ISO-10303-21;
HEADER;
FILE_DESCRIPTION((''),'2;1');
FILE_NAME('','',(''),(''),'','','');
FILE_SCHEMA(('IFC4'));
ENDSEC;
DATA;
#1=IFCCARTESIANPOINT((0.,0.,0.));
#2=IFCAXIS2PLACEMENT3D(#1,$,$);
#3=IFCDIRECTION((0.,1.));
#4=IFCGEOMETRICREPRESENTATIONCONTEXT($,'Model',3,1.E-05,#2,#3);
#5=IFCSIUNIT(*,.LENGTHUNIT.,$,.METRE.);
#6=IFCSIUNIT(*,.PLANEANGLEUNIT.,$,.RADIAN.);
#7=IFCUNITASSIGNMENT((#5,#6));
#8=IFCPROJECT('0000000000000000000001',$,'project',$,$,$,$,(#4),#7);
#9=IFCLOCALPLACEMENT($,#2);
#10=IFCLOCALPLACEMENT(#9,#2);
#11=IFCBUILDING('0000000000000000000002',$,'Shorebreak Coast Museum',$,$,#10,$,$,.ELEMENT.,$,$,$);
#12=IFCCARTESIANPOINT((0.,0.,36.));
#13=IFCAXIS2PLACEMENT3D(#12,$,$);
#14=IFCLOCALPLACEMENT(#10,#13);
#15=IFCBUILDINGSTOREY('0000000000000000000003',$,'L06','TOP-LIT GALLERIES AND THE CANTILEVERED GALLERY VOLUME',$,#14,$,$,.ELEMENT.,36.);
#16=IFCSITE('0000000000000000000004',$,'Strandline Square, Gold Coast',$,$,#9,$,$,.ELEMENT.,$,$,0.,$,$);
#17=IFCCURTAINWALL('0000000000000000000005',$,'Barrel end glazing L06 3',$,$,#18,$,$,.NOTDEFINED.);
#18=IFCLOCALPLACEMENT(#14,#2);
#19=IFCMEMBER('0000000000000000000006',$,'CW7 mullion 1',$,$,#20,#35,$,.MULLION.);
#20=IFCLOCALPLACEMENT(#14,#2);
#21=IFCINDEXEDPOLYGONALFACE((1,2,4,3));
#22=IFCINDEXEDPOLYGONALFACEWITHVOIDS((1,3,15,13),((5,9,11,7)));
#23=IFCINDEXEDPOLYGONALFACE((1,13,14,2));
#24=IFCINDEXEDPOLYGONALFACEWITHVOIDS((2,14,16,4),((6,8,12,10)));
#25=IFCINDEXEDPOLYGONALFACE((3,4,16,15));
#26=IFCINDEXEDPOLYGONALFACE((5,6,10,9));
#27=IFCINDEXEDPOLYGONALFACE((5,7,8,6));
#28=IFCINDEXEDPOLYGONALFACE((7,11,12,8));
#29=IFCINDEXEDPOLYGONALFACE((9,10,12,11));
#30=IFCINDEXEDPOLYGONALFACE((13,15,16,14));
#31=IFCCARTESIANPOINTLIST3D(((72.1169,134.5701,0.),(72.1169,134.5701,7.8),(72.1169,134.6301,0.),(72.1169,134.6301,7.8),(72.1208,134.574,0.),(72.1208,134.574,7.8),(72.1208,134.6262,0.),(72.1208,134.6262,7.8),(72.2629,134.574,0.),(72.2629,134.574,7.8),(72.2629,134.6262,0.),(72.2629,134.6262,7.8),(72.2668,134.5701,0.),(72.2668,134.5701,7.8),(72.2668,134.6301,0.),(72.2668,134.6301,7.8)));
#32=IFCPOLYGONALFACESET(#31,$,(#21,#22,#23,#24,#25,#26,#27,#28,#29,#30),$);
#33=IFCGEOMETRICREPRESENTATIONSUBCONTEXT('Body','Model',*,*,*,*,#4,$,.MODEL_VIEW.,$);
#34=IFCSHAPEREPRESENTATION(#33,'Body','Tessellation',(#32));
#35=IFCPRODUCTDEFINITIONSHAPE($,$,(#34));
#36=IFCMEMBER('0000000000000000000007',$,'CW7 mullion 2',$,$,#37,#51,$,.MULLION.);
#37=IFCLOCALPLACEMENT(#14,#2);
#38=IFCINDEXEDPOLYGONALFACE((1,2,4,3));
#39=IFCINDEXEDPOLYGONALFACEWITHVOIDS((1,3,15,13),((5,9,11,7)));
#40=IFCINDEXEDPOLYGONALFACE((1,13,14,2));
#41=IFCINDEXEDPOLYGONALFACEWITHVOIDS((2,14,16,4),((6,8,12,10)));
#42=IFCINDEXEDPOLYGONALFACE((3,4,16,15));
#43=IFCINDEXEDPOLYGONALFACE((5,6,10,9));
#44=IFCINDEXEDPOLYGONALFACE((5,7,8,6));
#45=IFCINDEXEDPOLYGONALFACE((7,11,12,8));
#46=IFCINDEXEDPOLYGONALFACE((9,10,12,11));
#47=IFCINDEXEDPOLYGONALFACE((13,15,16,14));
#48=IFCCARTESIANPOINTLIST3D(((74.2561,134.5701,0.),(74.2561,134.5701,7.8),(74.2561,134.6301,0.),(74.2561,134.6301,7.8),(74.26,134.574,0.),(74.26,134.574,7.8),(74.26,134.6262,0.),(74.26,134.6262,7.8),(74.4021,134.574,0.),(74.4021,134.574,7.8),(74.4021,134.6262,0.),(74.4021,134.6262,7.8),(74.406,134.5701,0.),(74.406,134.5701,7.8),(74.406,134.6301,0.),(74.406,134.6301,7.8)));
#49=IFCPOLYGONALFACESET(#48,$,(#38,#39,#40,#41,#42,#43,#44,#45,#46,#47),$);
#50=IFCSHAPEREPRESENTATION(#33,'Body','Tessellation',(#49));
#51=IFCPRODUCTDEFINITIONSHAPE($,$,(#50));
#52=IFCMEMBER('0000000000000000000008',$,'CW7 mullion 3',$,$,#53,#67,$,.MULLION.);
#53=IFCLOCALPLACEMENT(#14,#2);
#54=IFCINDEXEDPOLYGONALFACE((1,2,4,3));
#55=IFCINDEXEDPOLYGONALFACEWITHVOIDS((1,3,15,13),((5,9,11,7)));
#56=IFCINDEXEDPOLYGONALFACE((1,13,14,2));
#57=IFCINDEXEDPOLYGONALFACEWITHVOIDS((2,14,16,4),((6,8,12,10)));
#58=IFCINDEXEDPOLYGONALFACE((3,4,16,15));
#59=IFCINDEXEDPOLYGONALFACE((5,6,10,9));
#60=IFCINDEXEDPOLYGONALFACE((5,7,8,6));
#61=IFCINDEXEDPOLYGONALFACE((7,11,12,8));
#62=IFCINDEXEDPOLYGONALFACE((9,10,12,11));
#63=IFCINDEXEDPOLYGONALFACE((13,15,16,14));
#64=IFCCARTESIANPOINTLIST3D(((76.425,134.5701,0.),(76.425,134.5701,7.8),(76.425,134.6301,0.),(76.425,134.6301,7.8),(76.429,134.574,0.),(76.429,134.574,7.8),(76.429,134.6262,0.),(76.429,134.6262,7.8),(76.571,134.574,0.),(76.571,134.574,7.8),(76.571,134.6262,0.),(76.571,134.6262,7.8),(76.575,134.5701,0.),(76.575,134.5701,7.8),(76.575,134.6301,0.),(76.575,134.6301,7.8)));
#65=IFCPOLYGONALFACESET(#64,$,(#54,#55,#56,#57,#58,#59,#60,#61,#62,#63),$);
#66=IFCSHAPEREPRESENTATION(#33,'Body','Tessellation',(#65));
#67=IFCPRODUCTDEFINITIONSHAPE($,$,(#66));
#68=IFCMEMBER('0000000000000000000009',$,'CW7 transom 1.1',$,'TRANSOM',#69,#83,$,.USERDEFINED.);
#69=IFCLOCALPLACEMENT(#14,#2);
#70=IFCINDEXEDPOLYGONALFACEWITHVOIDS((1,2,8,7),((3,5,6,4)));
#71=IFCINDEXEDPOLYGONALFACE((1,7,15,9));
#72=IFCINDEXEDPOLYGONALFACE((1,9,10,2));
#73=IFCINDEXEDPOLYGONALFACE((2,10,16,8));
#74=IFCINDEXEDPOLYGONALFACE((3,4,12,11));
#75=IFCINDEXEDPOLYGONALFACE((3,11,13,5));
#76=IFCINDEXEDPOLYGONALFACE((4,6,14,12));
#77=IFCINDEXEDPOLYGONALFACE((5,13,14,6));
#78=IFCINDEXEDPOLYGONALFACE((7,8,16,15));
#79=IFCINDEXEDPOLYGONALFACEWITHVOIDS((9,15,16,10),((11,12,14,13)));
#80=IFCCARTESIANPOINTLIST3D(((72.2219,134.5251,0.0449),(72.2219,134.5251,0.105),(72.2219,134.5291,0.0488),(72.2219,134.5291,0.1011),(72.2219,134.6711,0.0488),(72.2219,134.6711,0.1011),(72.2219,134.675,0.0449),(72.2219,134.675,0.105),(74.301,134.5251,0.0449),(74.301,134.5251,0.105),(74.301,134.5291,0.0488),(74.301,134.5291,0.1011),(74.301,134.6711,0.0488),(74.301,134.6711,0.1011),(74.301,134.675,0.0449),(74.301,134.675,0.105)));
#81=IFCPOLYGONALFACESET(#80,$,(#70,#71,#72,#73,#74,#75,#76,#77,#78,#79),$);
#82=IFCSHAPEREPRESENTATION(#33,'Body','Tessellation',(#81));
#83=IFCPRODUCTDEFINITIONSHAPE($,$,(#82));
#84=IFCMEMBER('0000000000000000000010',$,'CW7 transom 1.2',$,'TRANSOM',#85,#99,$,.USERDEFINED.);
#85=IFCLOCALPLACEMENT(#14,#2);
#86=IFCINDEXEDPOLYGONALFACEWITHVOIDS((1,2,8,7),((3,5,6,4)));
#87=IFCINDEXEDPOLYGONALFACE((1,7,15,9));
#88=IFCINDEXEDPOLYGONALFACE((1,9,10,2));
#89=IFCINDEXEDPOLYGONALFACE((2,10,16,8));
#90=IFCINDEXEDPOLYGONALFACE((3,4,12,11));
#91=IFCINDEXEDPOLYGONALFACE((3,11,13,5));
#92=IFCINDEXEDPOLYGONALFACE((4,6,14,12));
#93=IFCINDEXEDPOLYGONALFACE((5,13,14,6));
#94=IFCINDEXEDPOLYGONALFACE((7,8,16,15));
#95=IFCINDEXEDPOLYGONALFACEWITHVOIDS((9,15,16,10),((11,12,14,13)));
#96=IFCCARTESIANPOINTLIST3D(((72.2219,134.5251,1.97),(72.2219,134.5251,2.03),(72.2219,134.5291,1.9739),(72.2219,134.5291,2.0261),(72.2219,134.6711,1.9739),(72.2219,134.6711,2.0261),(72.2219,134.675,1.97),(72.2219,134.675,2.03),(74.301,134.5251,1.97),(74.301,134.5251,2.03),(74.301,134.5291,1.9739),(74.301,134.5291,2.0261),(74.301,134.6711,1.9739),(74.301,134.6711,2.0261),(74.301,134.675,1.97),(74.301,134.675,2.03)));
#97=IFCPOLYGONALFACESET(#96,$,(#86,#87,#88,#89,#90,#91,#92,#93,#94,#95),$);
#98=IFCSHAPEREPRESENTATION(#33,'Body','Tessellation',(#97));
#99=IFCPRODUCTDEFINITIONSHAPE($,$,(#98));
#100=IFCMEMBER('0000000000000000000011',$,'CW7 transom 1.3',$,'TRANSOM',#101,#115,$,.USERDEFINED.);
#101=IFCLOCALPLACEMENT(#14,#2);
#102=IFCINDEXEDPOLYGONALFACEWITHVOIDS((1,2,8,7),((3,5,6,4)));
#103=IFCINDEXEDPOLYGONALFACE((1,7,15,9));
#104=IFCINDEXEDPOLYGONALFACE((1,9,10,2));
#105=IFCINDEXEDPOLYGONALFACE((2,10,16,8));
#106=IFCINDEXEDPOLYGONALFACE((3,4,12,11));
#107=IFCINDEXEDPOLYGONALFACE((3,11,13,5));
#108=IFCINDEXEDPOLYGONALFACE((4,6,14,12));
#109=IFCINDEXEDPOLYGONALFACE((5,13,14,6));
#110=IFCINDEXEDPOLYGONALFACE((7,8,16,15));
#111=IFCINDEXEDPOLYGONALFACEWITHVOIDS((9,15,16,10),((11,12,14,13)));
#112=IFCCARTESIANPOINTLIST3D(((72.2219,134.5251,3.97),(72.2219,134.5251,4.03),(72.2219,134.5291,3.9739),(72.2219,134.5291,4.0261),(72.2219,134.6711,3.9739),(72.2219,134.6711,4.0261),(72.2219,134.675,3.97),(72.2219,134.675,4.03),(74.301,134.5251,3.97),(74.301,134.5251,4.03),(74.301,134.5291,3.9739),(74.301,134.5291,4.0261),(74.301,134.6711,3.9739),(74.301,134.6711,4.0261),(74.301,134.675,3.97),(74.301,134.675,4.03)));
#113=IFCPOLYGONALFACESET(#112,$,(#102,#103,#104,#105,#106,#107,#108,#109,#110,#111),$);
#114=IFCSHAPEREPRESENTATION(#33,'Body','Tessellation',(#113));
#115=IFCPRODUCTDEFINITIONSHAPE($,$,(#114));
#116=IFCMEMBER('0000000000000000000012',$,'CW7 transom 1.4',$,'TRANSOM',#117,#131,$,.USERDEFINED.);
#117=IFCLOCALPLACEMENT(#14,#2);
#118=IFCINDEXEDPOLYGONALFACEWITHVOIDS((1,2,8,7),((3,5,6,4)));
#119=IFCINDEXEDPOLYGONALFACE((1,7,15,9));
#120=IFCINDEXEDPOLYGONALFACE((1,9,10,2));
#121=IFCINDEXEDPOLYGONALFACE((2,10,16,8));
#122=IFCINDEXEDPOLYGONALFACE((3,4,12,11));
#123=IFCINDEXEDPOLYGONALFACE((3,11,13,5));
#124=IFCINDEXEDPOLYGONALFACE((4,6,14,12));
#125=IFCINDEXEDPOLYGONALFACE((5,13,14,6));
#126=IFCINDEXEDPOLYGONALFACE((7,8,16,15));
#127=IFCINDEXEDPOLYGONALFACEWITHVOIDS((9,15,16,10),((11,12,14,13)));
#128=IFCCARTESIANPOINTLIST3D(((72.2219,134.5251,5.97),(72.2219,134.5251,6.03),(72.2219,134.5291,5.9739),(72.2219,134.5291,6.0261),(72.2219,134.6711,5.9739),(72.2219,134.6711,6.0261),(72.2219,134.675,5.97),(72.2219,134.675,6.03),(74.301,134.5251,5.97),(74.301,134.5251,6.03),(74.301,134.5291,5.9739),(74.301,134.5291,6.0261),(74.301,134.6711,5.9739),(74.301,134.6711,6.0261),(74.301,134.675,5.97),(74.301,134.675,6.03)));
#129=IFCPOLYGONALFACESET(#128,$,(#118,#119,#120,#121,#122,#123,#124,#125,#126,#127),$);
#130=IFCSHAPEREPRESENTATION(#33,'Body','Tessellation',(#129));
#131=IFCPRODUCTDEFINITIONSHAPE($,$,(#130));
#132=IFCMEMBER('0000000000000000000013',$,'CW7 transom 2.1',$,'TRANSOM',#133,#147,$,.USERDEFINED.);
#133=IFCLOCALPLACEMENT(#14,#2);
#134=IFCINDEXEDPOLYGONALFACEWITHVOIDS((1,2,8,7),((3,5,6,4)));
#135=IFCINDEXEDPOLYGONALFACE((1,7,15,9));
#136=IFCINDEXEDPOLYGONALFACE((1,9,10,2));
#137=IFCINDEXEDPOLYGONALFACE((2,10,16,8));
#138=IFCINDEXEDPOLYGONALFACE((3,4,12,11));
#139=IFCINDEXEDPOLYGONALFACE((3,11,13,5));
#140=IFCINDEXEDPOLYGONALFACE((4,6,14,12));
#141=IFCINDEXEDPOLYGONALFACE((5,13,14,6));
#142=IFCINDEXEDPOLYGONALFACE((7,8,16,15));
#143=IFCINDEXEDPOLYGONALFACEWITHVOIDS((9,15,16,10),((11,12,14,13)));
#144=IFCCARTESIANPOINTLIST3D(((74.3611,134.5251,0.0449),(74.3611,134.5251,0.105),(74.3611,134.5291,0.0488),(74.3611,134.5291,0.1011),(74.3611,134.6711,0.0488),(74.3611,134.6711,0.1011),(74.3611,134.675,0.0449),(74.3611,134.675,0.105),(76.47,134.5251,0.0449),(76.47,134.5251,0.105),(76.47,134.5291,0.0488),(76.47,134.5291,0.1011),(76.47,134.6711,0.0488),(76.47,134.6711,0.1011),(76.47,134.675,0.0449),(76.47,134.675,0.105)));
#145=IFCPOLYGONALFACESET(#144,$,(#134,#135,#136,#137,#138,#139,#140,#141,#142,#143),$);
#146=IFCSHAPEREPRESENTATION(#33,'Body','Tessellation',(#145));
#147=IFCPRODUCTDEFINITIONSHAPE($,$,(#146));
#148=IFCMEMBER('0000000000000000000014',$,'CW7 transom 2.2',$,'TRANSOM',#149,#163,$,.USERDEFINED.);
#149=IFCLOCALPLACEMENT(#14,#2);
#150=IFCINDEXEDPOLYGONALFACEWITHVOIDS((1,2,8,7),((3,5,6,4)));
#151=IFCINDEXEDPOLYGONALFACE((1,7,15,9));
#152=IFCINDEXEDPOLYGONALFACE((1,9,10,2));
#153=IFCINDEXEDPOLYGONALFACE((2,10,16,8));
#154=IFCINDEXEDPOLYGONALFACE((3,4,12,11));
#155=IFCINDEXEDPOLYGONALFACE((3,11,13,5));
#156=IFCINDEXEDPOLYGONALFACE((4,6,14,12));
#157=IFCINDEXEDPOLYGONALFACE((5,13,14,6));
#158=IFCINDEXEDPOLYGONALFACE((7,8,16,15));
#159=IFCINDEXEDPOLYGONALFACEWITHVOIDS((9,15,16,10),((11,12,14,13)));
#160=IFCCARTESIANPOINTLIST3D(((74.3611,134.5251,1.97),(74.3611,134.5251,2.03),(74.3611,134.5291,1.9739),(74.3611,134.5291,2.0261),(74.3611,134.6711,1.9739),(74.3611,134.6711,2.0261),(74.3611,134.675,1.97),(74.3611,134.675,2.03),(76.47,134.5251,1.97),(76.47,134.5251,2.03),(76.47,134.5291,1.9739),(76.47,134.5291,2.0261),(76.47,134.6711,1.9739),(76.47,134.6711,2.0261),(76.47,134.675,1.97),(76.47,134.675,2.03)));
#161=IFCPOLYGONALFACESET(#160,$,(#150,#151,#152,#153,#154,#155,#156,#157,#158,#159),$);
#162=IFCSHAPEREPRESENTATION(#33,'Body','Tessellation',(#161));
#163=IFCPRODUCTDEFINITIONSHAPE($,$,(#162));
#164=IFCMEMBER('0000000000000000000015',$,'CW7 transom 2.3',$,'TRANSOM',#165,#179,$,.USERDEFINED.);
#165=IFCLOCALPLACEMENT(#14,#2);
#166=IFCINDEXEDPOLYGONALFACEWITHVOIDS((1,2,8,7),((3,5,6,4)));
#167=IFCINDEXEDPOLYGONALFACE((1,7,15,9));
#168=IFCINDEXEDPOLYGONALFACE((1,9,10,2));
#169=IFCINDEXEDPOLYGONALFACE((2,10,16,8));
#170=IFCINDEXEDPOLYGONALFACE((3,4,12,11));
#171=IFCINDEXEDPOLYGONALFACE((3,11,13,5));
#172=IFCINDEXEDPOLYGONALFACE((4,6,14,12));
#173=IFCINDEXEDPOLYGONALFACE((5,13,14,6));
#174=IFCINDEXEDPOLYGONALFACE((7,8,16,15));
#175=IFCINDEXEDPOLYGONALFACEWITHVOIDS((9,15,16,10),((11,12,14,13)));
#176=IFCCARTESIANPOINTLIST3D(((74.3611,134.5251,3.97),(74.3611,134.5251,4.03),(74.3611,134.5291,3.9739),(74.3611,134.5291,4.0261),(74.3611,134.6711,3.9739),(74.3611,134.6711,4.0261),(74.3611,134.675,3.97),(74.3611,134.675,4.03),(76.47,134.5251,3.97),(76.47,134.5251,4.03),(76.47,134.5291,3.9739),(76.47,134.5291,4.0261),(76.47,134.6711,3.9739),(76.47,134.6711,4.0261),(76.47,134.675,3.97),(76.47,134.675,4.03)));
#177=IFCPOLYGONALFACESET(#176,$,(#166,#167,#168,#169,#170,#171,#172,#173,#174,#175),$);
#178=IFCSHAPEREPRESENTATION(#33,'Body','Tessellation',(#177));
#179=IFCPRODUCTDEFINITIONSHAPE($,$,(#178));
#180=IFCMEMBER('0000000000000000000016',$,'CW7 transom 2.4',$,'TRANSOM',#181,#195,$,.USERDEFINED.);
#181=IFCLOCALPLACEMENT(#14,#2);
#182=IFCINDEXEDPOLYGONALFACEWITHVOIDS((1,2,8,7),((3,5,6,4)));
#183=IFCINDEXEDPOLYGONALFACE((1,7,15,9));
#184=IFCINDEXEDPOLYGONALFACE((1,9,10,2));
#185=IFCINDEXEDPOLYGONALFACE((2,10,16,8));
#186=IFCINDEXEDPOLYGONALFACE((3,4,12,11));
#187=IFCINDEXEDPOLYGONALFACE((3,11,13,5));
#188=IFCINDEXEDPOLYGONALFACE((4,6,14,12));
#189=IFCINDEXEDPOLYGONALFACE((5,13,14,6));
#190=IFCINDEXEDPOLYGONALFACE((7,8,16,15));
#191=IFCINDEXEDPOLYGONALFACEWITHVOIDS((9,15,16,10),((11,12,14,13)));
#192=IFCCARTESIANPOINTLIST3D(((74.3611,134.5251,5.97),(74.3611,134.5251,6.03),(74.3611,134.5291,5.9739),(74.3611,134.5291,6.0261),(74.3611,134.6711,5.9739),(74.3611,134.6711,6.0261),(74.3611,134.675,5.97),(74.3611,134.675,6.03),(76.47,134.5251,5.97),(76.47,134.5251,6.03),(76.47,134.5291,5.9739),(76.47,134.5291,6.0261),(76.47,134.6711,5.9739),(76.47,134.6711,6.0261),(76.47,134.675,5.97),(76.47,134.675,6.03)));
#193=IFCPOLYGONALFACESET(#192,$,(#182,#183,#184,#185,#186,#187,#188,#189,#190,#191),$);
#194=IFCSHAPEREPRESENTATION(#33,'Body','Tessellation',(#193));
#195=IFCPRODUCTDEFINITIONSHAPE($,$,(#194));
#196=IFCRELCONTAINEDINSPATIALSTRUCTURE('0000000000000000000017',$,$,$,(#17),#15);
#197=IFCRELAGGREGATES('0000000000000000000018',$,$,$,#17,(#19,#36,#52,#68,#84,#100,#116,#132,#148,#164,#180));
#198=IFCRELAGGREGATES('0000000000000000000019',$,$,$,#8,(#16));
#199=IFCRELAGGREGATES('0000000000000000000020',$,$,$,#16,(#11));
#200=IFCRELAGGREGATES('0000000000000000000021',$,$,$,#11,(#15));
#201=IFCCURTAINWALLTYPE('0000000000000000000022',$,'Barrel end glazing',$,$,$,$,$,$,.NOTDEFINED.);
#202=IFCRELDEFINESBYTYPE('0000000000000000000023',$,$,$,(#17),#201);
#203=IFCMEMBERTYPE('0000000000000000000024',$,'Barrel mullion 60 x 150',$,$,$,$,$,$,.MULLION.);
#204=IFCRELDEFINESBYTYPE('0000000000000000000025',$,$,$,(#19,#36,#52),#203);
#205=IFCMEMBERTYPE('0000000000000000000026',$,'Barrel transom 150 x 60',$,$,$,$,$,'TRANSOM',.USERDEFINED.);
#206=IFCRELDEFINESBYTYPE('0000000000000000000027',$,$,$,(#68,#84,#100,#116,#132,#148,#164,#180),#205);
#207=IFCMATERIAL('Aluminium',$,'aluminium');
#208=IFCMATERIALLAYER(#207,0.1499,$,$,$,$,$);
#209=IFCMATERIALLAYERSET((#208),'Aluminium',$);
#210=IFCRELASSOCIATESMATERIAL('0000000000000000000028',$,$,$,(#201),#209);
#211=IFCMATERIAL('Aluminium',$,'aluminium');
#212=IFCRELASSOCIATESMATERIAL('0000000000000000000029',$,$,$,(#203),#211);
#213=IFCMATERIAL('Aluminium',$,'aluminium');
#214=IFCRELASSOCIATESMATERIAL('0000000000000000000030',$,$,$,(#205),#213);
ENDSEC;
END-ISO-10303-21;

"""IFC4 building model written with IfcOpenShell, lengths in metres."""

from ifc_helpers import new_model, si_unit, direction, frame, origin, origin_2d, place, context, subcontext, project, spatial, hollow_rectangle, extrude, material, layer, layer_set, material_profile, profile_set, type_object, element, aggregate, save


model = new_model("IFC4")

# Units and contexts
model_context = context("Model", 3, precision=1e-05, world=origin(), true_north=direction((0.0, 1.0)))
body_context = subcontext(model_context, "Body", "Model", "MODEL_VIEW")
ifc_project = project(units=[si_unit("LENGTHUNIT", "METRE"), si_unit("PLANEANGLEUNIT", "RADIAN")], contexts=[model_context])

# Site, building, storey
site_placement = place(None, origin())
site = spatial("IfcSite", under=ifc_project, at=site_placement, Name="Strandline Square, Gold Coast", CompositionType="ELEMENT", RefElevation=0.0)
building_placement = place(site_placement, origin())
building = spatial("IfcBuilding", under=site, at=building_placement, Name="Shorebreak Coast Museum", CompositionType="ELEMENT")
storey_placement = place(building_placement, frame((0.0, 0.0, 36.0)))
storey = spatial("IfcBuildingStorey", under=building, at=storey_placement, Name="L06", Description="TOP-LIT GALLERIES AND THE CANTILEVERED GALLERY VOLUME", CompositionType="ELEMENT", Elevation=36.0)

# Curtain wall, members
ifc_material_1 = material(Name="Aluminium", Category="aluminium")
ifc_layer_1 = layer(ifc_material_1, 0.1499)
ifc_layer_set_1 = layer_set([ifc_layer_1], Name="Aluminium")
curtain_wall_type = type_object("IfcCurtainWallType", Name="Barrel end glazing", PredefinedType="NOTDEFINED", material=ifc_layer_set_1)
curtain_wall_placement = place(storey_placement, origin())
curtain_wall = element("IfcCurtainWall", 1, at=curtain_wall_placement, inside=storey, type_object=curtain_wall_type, Name="Barrel end glazing L06 3", PredefinedType="NOTDEFINED")
ifc_material_2 = material(Name="Aluminium", Category="aluminium")
ifc_material_profile_1 = material_profile(ifc_material_2, hollow_rectangle(XDim=0.0601, YDim=0.1499, WallThickness=0.0039, at=origin_2d()), Name="AL 150x60 RHS")
ifc_profile_set_1 = profile_set([ifc_material_profile_1], Name="Aluminium")
member_type_1 = type_object("IfcMemberType", Name="Barrel mullion 60 x 150", PredefinedType="MULLION", material=ifc_profile_set_1)
member_1_placement = place(storey_placement, frame((72.1919, 134.6001, 0.0), z_axis=(0.0, 0.0, 1.0), x_axis=(0.0, 1.0, 0.0)))
member_1 = element("IfcMember", 2, at=member_1_placement, type_object=member_type_1, Name="CW7 mullion 1", PredefinedType="MULLION", context=body_context, shape_type="SweptSolid", body=[
    extrude(hollow_rectangle(XDim=0.0601, YDim=0.1499, WallThickness=0.0039, at=origin_2d()), origin(), (0.0, 0.0, 1.0), 7.8),
])
member_2_placement = place(storey_placement, frame((74.3311, 134.6001, 0.0), z_axis=(0.0, 0.0, 1.0), x_axis=(0.0, 1.0, 0.0)))
member_2 = element("IfcMember", 3, at=member_2_placement, type_object=member_type_1, Name="CW7 mullion 2", PredefinedType="MULLION", context=body_context, shape_type="SweptSolid", body=[
    extrude(hollow_rectangle(XDim=0.0601, YDim=0.1499, WallThickness=0.0039, at=origin_2d()), origin(), (0.0, 0.0, 1.0), 7.8),
])
member_3_placement = place(storey_placement, frame((76.5, 134.6001, 0.0), z_axis=(0.0, 0.0, 1.0), x_axis=(0.0, 1.0, 0.0)))
member_3 = element("IfcMember", 4, at=member_3_placement, type_object=member_type_1, Name="CW7 mullion 3", PredefinedType="MULLION", context=body_context, shape_type="SweptSolid", body=[
    extrude(hollow_rectangle(XDim=0.0601, YDim=0.1499, WallThickness=0.0039, at=origin_2d()), origin(), (0.0, 0.0, 1.0), 7.8),
])
ifc_material_3 = material(Name="Aluminium", Category="aluminium")
ifc_material_profile_2 = material_profile(ifc_material_3, hollow_rectangle(XDim=0.1499, YDim=0.0601, WallThickness=0.0039, at=origin_2d()), Name="AL 60x150 RHS")
ifc_profile_set_2 = profile_set([ifc_material_profile_2], Name="Aluminium")
member_type_2 = type_object("IfcMemberType", Name="Barrel transom 150 x 60", ElementType="TRANSOM", PredefinedType="USERDEFINED", material=ifc_profile_set_2)
member_4_placement = place(storey_placement, frame((72.2219, 134.6001, 0.075), z_axis=(1.0, 0.0, 0.0), x_axis=(0.0, 1.0, 0.0)))
member_4 = element("IfcMember", 5, at=member_4_placement, type_object=member_type_2, Name="CW7 transom 1.1", ObjectType="TRANSOM", PredefinedType="USERDEFINED", context=body_context, shape_type="SweptSolid", body=[
    extrude(hollow_rectangle(XDim=0.1499, YDim=0.0601, WallThickness=0.0039, at=origin_2d()), origin(), (0.0, 0.0, 1.0), 2.0791),
])
member_5_placement = place(storey_placement, frame((72.2219, 134.6001, 2.0), z_axis=(1.0, 0.0, 0.0), x_axis=(0.0, 1.0, 0.0)))
member_5 = element("IfcMember", 6, at=member_5_placement, type_object=member_type_2, Name="CW7 transom 1.2", ObjectType="TRANSOM", PredefinedType="USERDEFINED", context=body_context, shape_type="SweptSolid", body=[
    extrude(hollow_rectangle(XDim=0.1499, YDim=0.0601, WallThickness=0.0039, at=origin_2d()), origin(), (0.0, 0.0, 1.0), 2.0791),
])
member_6_placement = place(storey_placement, frame((72.2219, 134.6001, 4.0), z_axis=(1.0, 0.0, 0.0), x_axis=(0.0, 1.0, 0.0)))
member_6 = element("IfcMember", 7, at=member_6_placement, type_object=member_type_2, Name="CW7 transom 1.3", ObjectType="TRANSOM", PredefinedType="USERDEFINED", context=body_context, shape_type="SweptSolid", body=[
    extrude(hollow_rectangle(XDim=0.1499, YDim=0.0601, WallThickness=0.0039, at=origin_2d()), origin(), (0.0, 0.0, 1.0), 2.0791),
])
member_7_placement = place(storey_placement, frame((72.2219, 134.6001, 6.0), z_axis=(1.0, 0.0, 0.0), x_axis=(0.0, 1.0, 0.0)))
member_7 = element("IfcMember", 8, at=member_7_placement, type_object=member_type_2, Name="CW7 transom 1.4", ObjectType="TRANSOM", PredefinedType="USERDEFINED", context=body_context, shape_type="SweptSolid", body=[
    extrude(hollow_rectangle(XDim=0.1499, YDim=0.0601, WallThickness=0.0039, at=origin_2d()), origin(), (0.0, 0.0, 1.0), 2.0791),
])
member_8_placement = place(storey_placement, frame((74.3611, 134.6001, 0.075), z_axis=(1.0, 0.0, 0.0), x_axis=(0.0, 1.0, 0.0)))
member_8 = element("IfcMember", 9, at=member_8_placement, type_object=member_type_2, Name="CW7 transom 2.1", ObjectType="TRANSOM", PredefinedType="USERDEFINED", context=body_context, shape_type="SweptSolid", body=[
    extrude(hollow_rectangle(XDim=0.1499, YDim=0.0601, WallThickness=0.0039, at=origin_2d()), origin(), (0.0, 0.0, 1.0), 2.1089),
])
member_9_placement = place(storey_placement, frame((74.3611, 134.6001, 2.0), z_axis=(1.0, 0.0, 0.0), x_axis=(0.0, 1.0, 0.0)))
member_9 = element("IfcMember", 10, at=member_9_placement, type_object=member_type_2, Name="CW7 transom 2.2", ObjectType="TRANSOM", PredefinedType="USERDEFINED", context=body_context, shape_type="SweptSolid", body=[
    extrude(hollow_rectangle(XDim=0.1499, YDim=0.0601, WallThickness=0.0039, at=origin_2d()), origin(), (0.0, 0.0, 1.0), 2.1089),
])
member_10_placement = place(storey_placement, frame((74.3611, 134.6001, 4.0), z_axis=(1.0, 0.0, 0.0), x_axis=(0.0, 1.0, 0.0)))
member_10 = element("IfcMember", 11, at=member_10_placement, type_object=member_type_2, Name="CW7 transom 2.3", ObjectType="TRANSOM", PredefinedType="USERDEFINED", context=body_context, shape_type="SweptSolid", body=[
    extrude(hollow_rectangle(XDim=0.1499, YDim=0.0601, WallThickness=0.0039, at=origin_2d()), origin(), (0.0, 0.0, 1.0), 2.1089),
])
member_11_placement = place(storey_placement, frame((74.3611, 134.6001, 6.0), z_axis=(1.0, 0.0, 0.0), x_axis=(0.0, 1.0, 0.0)))
member_11 = element("IfcMember", 12, at=member_11_placement, type_object=member_type_2, Name="CW7 transom 2.4", ObjectType="TRANSOM", PredefinedType="USERDEFINED", context=body_context, shape_type="SweptSolid", body=[
    extrude(hollow_rectangle(XDim=0.1499, YDim=0.0601, WallThickness=0.0039, at=origin_2d()), origin(), (0.0, 0.0, 1.0), 2.1089),
])

aggregate(curtain_wall, [member_1, member_2, member_3, member_4, member_5, member_6, member_7, member_8, member_9, member_10, member_11])

save(model, "model.ifc")
